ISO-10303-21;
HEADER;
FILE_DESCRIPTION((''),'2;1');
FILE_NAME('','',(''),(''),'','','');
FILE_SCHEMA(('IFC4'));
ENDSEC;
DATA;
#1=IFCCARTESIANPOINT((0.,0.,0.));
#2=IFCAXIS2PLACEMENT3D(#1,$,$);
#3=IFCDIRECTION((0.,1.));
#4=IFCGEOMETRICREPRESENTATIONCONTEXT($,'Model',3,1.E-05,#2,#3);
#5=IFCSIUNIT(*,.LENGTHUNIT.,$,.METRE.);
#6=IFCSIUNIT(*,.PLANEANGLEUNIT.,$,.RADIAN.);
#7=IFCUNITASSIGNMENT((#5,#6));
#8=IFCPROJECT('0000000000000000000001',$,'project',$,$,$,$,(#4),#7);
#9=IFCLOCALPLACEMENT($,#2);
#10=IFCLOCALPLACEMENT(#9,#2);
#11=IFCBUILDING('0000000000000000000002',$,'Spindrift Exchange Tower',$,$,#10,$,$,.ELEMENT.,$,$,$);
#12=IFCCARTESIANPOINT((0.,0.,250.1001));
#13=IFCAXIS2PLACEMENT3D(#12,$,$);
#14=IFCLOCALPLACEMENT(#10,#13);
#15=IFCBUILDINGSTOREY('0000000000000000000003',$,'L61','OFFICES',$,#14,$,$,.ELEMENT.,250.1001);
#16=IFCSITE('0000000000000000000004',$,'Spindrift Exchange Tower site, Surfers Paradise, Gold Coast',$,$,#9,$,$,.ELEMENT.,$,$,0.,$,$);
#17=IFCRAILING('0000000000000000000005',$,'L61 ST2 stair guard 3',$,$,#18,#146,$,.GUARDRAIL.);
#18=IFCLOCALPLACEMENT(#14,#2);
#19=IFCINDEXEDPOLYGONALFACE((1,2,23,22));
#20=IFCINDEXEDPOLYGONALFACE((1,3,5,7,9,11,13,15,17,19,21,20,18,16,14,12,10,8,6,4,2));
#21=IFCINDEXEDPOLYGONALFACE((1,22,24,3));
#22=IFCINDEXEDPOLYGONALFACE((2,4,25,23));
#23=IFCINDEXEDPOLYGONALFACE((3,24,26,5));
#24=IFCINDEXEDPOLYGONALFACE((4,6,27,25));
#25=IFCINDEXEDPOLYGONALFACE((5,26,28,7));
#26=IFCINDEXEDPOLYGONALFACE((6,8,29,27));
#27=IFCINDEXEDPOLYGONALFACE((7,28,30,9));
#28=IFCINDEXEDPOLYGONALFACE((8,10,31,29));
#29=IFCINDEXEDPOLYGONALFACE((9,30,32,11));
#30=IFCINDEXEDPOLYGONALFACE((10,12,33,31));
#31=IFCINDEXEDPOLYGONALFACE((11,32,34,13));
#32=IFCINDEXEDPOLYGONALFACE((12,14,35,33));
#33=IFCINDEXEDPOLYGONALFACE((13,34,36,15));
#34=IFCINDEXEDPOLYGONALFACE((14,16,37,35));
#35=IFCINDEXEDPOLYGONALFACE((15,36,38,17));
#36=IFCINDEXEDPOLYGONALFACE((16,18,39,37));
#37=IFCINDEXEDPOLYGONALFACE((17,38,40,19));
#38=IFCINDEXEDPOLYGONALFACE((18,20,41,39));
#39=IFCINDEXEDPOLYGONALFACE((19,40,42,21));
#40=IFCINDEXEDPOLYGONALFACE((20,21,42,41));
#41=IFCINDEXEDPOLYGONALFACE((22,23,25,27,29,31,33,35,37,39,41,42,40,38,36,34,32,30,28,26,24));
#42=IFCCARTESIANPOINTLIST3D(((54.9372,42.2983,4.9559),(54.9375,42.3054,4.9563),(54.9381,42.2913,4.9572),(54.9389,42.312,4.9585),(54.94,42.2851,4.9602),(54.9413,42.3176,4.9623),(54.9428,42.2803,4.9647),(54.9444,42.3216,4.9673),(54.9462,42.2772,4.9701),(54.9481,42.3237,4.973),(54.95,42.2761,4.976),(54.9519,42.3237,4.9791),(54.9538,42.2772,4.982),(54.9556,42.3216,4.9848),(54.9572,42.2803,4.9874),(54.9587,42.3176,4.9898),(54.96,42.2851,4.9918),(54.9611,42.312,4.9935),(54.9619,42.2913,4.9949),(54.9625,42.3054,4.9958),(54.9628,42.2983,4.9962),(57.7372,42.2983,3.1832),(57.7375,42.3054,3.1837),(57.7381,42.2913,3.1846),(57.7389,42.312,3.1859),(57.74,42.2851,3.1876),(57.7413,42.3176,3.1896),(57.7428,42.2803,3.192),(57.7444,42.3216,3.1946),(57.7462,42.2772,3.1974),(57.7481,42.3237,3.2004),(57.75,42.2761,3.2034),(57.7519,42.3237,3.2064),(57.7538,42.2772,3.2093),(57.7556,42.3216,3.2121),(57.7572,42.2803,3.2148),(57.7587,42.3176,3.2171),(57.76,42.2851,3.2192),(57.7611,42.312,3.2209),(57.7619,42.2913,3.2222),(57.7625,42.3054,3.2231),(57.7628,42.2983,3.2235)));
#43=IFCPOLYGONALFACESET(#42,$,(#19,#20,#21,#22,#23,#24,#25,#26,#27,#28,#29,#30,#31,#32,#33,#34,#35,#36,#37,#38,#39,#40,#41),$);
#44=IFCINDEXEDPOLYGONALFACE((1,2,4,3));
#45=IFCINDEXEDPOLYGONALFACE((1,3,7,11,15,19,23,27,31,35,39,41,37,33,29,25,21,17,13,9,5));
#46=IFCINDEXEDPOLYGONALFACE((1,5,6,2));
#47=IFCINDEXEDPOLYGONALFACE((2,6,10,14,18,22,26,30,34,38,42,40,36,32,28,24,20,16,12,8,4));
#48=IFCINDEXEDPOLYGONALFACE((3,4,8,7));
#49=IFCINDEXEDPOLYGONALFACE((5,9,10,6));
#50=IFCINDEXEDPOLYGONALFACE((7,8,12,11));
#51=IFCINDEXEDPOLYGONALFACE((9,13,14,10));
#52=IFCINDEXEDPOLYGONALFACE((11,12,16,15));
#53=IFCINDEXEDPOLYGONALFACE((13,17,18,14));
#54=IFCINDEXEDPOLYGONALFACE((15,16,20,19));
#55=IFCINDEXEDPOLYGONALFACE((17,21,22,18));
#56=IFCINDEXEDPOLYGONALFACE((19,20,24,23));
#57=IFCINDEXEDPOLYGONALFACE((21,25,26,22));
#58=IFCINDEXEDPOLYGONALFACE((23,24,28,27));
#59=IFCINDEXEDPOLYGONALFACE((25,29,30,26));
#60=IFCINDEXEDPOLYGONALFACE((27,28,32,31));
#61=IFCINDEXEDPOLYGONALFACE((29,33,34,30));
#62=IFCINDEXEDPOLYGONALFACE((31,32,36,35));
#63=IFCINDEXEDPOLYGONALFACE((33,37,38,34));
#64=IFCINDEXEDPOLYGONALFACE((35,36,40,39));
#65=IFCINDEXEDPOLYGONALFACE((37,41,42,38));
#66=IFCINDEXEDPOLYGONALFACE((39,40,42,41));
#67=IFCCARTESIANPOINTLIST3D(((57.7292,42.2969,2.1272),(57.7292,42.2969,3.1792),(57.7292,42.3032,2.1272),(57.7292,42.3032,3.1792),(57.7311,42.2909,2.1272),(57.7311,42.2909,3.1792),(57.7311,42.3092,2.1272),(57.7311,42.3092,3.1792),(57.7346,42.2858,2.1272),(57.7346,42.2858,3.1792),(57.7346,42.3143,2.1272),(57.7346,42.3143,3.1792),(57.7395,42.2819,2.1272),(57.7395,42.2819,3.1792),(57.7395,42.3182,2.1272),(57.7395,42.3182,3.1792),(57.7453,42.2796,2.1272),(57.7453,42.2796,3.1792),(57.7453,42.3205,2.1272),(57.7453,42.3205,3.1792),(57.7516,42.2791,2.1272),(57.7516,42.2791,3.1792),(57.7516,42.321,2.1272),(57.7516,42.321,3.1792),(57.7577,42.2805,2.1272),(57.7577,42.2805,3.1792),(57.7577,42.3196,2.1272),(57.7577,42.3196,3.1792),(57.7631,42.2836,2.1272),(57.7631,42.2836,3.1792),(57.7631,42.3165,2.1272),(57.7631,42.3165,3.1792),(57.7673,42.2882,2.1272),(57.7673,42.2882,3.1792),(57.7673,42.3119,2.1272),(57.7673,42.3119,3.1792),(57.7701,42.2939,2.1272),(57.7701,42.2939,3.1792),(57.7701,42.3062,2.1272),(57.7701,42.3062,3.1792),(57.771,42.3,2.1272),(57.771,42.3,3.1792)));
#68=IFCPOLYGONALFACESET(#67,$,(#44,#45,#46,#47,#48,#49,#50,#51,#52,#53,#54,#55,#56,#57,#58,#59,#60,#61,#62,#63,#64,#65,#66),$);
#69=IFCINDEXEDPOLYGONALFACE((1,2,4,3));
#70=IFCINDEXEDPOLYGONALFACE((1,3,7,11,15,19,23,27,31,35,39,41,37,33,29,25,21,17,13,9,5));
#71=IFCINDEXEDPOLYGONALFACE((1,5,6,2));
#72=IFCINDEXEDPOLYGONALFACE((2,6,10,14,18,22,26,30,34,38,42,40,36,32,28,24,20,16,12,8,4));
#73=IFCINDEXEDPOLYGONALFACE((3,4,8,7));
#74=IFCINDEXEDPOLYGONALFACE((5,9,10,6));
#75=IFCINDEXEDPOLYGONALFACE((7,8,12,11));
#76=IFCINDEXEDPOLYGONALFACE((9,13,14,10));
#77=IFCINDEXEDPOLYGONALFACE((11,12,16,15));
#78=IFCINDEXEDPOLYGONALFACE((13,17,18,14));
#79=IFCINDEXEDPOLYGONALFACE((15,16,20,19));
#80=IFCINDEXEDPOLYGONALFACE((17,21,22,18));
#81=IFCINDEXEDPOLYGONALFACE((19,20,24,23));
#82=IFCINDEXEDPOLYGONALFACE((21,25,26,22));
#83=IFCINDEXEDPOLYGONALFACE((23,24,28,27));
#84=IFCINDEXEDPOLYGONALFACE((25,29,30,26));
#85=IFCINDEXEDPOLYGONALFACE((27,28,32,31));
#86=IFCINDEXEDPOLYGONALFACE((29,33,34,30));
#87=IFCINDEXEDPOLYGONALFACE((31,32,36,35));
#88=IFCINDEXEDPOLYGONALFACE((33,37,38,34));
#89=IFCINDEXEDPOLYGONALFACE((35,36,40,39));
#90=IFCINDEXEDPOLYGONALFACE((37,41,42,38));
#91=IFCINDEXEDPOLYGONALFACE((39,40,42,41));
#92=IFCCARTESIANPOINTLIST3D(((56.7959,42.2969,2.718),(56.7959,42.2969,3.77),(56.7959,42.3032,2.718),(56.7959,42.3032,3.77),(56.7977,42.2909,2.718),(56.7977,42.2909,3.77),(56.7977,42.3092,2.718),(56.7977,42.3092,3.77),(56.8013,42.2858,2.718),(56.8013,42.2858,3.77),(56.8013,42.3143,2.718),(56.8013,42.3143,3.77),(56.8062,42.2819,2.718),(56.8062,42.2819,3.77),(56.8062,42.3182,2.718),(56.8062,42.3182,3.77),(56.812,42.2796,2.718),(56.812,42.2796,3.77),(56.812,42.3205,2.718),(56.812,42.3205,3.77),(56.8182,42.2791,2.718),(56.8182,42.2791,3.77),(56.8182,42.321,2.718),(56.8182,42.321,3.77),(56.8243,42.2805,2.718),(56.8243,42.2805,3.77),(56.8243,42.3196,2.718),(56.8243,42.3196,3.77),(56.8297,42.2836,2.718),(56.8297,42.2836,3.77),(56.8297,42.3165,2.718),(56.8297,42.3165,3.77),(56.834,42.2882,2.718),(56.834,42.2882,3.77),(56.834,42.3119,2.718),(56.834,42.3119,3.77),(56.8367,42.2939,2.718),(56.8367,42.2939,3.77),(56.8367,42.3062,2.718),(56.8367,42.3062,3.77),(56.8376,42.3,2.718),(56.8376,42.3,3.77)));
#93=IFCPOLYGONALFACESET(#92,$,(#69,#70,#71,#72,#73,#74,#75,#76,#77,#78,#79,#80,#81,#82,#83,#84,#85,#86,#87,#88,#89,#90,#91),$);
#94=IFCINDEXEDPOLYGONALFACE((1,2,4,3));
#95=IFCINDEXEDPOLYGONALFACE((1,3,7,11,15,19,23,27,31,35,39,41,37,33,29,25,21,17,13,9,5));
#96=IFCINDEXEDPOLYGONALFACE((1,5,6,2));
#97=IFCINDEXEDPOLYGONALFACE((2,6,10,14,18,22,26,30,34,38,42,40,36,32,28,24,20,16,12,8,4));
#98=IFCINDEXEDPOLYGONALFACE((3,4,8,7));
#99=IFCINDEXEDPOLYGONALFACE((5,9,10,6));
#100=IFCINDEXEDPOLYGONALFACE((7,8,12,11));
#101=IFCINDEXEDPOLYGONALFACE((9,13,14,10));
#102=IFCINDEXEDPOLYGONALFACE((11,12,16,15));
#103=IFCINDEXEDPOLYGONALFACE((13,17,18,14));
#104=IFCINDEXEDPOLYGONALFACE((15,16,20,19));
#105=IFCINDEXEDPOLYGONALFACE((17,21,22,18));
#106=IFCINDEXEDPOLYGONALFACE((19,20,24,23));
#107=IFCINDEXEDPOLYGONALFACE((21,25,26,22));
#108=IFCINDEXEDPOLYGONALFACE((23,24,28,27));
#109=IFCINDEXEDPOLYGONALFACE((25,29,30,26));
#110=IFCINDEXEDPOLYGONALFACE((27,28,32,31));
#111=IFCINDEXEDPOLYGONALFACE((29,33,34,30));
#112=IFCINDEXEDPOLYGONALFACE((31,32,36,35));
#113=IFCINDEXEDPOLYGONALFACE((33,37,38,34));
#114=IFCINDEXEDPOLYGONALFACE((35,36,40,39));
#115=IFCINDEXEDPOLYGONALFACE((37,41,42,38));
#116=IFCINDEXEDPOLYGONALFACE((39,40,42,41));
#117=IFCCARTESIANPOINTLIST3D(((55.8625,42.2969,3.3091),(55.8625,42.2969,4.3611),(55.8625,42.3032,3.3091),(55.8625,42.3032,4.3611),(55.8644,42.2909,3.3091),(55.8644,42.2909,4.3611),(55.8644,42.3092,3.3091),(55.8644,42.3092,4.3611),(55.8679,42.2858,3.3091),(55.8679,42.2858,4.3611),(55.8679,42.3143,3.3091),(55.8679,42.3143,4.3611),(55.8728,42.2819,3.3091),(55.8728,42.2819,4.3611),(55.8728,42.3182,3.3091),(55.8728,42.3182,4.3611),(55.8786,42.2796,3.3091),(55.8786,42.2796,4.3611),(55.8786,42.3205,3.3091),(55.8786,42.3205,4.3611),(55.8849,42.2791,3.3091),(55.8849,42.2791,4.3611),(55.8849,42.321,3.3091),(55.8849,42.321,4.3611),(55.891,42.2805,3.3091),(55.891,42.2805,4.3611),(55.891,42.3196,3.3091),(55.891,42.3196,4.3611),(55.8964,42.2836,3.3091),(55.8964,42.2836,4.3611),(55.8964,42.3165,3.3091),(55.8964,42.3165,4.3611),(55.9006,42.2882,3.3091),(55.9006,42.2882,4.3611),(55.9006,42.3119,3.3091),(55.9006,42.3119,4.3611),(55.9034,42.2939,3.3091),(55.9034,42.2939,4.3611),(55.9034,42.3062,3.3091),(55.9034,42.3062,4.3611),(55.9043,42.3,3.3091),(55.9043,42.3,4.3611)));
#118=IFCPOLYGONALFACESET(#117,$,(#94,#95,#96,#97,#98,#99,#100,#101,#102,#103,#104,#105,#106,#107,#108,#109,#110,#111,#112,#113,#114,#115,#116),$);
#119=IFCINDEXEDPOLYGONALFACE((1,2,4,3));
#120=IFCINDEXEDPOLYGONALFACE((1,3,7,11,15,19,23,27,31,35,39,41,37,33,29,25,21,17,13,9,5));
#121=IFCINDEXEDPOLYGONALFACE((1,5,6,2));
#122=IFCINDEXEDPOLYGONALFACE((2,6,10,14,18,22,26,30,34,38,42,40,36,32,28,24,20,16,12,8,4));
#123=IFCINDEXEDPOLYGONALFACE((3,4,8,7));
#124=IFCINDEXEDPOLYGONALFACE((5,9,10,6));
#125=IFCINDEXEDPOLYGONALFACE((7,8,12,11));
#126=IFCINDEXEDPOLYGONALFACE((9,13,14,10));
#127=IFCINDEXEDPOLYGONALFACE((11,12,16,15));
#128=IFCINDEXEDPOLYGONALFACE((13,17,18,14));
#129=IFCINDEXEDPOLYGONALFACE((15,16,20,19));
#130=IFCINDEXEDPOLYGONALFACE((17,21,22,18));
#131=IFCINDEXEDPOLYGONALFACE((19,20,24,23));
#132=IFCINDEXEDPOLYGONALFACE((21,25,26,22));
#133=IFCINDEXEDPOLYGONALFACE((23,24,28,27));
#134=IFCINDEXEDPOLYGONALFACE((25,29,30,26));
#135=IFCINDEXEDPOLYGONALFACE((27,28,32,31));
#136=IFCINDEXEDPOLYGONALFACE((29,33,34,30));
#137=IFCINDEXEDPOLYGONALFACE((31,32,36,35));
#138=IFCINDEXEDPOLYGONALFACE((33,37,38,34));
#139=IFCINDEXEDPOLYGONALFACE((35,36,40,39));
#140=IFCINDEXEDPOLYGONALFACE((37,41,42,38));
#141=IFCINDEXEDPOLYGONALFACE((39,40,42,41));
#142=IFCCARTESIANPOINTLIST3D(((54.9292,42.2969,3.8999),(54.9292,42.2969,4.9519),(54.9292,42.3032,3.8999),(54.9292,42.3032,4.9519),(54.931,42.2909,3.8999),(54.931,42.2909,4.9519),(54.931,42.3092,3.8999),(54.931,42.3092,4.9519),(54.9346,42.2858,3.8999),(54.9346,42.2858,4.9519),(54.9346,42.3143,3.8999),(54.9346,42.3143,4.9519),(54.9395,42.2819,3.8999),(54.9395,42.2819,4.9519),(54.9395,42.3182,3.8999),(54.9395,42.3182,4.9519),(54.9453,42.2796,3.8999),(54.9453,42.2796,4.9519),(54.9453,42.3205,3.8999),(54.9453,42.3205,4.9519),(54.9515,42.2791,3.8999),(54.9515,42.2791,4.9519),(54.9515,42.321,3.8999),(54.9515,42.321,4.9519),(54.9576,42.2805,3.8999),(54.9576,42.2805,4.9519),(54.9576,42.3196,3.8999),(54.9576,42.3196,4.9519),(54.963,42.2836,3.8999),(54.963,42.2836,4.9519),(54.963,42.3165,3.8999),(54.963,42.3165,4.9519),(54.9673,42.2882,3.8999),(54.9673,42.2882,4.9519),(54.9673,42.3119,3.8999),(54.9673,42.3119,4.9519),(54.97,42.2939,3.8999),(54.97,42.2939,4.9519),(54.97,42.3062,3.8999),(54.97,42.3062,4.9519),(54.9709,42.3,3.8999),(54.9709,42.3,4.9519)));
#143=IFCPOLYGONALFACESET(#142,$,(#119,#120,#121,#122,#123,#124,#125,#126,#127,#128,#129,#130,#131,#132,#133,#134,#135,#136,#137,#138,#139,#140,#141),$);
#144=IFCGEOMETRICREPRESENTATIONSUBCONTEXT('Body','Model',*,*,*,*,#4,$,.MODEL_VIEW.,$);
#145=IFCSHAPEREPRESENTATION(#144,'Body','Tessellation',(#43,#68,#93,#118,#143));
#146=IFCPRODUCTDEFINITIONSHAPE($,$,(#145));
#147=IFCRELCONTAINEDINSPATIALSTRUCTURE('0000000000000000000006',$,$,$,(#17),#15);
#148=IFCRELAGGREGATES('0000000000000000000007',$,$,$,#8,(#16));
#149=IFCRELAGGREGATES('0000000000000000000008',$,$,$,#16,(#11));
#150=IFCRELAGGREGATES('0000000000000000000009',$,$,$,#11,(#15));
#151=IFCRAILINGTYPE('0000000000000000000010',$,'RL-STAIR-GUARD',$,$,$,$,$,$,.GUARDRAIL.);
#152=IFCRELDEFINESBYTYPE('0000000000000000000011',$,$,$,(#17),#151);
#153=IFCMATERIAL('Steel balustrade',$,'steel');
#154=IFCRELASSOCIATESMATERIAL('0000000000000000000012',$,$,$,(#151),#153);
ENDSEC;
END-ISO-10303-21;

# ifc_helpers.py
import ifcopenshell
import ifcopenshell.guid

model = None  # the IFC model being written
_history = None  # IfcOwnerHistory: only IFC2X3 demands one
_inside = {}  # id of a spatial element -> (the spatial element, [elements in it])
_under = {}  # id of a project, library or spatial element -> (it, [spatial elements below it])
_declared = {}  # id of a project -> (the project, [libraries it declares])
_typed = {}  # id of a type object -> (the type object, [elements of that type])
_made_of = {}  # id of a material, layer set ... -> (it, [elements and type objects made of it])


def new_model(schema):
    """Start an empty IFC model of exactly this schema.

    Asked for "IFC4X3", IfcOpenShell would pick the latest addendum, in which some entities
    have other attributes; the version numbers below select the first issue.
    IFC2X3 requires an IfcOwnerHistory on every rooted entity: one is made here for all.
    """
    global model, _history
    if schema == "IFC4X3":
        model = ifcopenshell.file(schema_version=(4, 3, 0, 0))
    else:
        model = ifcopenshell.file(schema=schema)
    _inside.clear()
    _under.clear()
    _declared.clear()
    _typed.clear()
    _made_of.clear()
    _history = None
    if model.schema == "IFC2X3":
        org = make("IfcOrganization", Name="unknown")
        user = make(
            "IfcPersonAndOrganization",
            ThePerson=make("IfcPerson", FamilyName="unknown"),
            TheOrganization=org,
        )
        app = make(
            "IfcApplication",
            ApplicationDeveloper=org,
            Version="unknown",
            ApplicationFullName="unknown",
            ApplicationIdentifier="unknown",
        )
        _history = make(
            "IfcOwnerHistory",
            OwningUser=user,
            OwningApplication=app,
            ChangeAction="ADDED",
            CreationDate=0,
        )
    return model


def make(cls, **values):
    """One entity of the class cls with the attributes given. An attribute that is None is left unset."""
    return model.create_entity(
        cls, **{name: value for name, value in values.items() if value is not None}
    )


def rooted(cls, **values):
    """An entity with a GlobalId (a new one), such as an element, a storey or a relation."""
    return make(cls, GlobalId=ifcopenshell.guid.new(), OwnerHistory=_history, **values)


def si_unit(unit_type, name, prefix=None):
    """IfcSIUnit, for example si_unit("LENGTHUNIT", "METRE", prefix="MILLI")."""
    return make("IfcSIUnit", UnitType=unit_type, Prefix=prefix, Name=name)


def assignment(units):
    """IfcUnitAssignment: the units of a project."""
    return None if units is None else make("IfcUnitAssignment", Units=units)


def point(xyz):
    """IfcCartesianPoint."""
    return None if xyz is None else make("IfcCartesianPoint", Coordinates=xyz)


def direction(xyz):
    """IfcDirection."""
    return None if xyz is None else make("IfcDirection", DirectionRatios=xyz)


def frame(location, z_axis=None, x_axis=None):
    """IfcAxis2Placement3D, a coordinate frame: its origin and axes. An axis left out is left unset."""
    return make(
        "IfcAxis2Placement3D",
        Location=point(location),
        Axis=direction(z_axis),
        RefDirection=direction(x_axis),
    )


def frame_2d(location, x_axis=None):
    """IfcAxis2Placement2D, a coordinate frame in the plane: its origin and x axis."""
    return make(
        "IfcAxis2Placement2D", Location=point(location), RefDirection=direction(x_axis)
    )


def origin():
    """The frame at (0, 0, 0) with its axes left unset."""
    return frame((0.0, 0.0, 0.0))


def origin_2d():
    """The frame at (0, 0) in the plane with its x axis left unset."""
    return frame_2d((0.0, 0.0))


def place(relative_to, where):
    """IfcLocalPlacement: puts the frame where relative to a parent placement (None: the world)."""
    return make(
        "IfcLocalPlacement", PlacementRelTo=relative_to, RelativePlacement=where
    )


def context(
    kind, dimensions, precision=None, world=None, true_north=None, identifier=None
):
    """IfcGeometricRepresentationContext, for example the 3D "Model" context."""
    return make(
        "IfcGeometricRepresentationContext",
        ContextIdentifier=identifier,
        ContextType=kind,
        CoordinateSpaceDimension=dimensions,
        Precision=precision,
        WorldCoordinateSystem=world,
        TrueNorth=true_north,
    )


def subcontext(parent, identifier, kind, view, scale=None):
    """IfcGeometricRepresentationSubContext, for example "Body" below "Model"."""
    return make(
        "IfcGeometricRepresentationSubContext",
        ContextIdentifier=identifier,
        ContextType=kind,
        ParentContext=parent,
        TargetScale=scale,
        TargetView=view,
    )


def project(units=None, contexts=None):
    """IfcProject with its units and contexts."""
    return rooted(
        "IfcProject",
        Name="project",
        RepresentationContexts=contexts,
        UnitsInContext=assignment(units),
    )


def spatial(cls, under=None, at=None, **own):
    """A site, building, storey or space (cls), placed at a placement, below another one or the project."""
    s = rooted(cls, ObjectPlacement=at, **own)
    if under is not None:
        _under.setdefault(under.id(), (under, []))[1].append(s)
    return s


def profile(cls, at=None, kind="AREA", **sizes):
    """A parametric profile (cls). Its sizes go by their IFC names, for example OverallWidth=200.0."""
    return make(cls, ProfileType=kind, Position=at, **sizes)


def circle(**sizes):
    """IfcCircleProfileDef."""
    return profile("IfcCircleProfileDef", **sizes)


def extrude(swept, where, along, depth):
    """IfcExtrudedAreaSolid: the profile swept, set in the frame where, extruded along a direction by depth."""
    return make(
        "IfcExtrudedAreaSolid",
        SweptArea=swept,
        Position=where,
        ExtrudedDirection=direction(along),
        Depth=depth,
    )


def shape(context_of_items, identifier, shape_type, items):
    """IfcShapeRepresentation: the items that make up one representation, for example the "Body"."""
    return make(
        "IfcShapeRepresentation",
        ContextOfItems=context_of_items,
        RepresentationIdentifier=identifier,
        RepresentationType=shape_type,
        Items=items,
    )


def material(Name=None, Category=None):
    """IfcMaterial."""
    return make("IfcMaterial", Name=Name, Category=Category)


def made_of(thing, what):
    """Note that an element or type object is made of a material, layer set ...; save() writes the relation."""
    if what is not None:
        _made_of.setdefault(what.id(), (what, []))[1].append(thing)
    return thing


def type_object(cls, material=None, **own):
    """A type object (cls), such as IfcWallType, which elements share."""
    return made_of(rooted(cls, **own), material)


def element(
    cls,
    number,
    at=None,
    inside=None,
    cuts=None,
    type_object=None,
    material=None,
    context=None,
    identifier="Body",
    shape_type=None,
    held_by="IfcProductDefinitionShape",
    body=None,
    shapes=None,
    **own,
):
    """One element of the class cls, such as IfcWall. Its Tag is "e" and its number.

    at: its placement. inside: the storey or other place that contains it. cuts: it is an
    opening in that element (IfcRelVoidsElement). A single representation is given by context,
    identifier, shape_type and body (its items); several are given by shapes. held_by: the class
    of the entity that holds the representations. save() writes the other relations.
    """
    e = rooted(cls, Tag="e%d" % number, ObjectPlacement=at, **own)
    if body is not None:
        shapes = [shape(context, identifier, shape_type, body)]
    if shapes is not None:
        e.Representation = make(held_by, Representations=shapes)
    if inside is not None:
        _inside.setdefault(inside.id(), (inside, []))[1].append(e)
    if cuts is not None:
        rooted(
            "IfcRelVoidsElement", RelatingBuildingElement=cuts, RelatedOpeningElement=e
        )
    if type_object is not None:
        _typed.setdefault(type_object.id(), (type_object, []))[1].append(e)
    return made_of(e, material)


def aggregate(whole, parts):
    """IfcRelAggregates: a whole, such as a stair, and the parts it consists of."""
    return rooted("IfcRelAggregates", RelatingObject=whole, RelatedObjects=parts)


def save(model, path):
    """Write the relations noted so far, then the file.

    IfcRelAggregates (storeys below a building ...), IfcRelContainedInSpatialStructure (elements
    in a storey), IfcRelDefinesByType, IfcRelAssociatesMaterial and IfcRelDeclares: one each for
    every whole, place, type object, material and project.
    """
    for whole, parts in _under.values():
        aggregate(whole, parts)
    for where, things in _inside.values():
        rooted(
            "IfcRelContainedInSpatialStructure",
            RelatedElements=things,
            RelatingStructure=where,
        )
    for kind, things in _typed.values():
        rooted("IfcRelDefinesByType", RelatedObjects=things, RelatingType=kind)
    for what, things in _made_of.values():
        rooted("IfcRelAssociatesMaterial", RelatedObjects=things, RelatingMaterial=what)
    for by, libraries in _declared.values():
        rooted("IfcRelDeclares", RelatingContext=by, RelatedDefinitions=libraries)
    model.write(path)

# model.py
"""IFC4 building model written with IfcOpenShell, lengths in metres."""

from ifc_helpers import new_model, si_unit, direction, frame, origin, origin_2d, place, context, subcontext, project, spatial, circle, extrude, material, type_object, element, save


model = new_model("IFC4")

# Units and contexts
model_context = context("Model", 3, precision=1e-05, world=origin(), true_north=direction((0.0, 1.0)))
body_context = subcontext(model_context, "Body", "Model", "MODEL_VIEW")
ifc_project = project(units=[si_unit("LENGTHUNIT", "METRE"), si_unit("PLANEANGLEUNIT", "RADIAN")], contexts=[model_context])

# Site, building, storey
site_placement = place(None, origin())
site = spatial("IfcSite", under=ifc_project, at=site_placement, Name="Spindrift Exchange Tower site, Surfers Paradise, Gold Coast", CompositionType="ELEMENT", RefElevation=0.0)
building_placement = place(site_placement, origin())
building = spatial("IfcBuilding", under=site, at=building_placement, Name="Spindrift Exchange Tower", CompositionType="ELEMENT")
storey_placement = place(building_placement, frame((0.0, 0.0, 250.1001)))
storey = spatial("IfcBuildingStorey", under=building, at=storey_placement, Name="L61", Description="OFFICES", CompositionType="ELEMENT", Elevation=250.1001)

# Railing
ifc_material_1 = material(Name="Steel balustrade", Category="steel")
railing_type_1 = type_object("IfcRailingType", Name="RL-STAIR-GUARD", PredefinedType="GUARDRAIL", material=ifc_material_1)
railing_1_placement = place(storey_placement, frame((57.75, 42.3, 2.1272)))
element("IfcRailing", 1, at=railing_1_placement, inside=storey, type_object=railing_type_1, Name="L61 ST2 stair guard 3", PredefinedType="GUARDRAIL", context=body_context, shape_type="SweptSolid", body=[
    extrude(circle(Radius=0.0239, at=origin_2d()), frame((0.0, 0.0, 1.0762), z_axis=(-0.844909, 0.0, 0.53491), x_axis=(0.0, -1.0, 0.0)), (0.0, 0.0, 1.0), 3.314),
    extrude(circle(Radius=0.021, at=origin_2d()), origin(), (0.0, 0.0, 1.0), 1.052),
    extrude(circle(Radius=0.021, at=origin_2d()), frame((-0.9333, 0.0, 0.5908)), (0.0, 0.0, 1.0), 1.052),
    extrude(circle(Radius=0.021, at=origin_2d()), frame((-1.8667, 0.0, 1.1819)), (0.0, 0.0, 1.0), 1.052),
    extrude(circle(Radius=0.021, at=origin_2d()), frame((-2.8, 0.0, 1.7727)), (0.0, 0.0, 1.0), 1.052),
])

save(model, "model.ifc")
